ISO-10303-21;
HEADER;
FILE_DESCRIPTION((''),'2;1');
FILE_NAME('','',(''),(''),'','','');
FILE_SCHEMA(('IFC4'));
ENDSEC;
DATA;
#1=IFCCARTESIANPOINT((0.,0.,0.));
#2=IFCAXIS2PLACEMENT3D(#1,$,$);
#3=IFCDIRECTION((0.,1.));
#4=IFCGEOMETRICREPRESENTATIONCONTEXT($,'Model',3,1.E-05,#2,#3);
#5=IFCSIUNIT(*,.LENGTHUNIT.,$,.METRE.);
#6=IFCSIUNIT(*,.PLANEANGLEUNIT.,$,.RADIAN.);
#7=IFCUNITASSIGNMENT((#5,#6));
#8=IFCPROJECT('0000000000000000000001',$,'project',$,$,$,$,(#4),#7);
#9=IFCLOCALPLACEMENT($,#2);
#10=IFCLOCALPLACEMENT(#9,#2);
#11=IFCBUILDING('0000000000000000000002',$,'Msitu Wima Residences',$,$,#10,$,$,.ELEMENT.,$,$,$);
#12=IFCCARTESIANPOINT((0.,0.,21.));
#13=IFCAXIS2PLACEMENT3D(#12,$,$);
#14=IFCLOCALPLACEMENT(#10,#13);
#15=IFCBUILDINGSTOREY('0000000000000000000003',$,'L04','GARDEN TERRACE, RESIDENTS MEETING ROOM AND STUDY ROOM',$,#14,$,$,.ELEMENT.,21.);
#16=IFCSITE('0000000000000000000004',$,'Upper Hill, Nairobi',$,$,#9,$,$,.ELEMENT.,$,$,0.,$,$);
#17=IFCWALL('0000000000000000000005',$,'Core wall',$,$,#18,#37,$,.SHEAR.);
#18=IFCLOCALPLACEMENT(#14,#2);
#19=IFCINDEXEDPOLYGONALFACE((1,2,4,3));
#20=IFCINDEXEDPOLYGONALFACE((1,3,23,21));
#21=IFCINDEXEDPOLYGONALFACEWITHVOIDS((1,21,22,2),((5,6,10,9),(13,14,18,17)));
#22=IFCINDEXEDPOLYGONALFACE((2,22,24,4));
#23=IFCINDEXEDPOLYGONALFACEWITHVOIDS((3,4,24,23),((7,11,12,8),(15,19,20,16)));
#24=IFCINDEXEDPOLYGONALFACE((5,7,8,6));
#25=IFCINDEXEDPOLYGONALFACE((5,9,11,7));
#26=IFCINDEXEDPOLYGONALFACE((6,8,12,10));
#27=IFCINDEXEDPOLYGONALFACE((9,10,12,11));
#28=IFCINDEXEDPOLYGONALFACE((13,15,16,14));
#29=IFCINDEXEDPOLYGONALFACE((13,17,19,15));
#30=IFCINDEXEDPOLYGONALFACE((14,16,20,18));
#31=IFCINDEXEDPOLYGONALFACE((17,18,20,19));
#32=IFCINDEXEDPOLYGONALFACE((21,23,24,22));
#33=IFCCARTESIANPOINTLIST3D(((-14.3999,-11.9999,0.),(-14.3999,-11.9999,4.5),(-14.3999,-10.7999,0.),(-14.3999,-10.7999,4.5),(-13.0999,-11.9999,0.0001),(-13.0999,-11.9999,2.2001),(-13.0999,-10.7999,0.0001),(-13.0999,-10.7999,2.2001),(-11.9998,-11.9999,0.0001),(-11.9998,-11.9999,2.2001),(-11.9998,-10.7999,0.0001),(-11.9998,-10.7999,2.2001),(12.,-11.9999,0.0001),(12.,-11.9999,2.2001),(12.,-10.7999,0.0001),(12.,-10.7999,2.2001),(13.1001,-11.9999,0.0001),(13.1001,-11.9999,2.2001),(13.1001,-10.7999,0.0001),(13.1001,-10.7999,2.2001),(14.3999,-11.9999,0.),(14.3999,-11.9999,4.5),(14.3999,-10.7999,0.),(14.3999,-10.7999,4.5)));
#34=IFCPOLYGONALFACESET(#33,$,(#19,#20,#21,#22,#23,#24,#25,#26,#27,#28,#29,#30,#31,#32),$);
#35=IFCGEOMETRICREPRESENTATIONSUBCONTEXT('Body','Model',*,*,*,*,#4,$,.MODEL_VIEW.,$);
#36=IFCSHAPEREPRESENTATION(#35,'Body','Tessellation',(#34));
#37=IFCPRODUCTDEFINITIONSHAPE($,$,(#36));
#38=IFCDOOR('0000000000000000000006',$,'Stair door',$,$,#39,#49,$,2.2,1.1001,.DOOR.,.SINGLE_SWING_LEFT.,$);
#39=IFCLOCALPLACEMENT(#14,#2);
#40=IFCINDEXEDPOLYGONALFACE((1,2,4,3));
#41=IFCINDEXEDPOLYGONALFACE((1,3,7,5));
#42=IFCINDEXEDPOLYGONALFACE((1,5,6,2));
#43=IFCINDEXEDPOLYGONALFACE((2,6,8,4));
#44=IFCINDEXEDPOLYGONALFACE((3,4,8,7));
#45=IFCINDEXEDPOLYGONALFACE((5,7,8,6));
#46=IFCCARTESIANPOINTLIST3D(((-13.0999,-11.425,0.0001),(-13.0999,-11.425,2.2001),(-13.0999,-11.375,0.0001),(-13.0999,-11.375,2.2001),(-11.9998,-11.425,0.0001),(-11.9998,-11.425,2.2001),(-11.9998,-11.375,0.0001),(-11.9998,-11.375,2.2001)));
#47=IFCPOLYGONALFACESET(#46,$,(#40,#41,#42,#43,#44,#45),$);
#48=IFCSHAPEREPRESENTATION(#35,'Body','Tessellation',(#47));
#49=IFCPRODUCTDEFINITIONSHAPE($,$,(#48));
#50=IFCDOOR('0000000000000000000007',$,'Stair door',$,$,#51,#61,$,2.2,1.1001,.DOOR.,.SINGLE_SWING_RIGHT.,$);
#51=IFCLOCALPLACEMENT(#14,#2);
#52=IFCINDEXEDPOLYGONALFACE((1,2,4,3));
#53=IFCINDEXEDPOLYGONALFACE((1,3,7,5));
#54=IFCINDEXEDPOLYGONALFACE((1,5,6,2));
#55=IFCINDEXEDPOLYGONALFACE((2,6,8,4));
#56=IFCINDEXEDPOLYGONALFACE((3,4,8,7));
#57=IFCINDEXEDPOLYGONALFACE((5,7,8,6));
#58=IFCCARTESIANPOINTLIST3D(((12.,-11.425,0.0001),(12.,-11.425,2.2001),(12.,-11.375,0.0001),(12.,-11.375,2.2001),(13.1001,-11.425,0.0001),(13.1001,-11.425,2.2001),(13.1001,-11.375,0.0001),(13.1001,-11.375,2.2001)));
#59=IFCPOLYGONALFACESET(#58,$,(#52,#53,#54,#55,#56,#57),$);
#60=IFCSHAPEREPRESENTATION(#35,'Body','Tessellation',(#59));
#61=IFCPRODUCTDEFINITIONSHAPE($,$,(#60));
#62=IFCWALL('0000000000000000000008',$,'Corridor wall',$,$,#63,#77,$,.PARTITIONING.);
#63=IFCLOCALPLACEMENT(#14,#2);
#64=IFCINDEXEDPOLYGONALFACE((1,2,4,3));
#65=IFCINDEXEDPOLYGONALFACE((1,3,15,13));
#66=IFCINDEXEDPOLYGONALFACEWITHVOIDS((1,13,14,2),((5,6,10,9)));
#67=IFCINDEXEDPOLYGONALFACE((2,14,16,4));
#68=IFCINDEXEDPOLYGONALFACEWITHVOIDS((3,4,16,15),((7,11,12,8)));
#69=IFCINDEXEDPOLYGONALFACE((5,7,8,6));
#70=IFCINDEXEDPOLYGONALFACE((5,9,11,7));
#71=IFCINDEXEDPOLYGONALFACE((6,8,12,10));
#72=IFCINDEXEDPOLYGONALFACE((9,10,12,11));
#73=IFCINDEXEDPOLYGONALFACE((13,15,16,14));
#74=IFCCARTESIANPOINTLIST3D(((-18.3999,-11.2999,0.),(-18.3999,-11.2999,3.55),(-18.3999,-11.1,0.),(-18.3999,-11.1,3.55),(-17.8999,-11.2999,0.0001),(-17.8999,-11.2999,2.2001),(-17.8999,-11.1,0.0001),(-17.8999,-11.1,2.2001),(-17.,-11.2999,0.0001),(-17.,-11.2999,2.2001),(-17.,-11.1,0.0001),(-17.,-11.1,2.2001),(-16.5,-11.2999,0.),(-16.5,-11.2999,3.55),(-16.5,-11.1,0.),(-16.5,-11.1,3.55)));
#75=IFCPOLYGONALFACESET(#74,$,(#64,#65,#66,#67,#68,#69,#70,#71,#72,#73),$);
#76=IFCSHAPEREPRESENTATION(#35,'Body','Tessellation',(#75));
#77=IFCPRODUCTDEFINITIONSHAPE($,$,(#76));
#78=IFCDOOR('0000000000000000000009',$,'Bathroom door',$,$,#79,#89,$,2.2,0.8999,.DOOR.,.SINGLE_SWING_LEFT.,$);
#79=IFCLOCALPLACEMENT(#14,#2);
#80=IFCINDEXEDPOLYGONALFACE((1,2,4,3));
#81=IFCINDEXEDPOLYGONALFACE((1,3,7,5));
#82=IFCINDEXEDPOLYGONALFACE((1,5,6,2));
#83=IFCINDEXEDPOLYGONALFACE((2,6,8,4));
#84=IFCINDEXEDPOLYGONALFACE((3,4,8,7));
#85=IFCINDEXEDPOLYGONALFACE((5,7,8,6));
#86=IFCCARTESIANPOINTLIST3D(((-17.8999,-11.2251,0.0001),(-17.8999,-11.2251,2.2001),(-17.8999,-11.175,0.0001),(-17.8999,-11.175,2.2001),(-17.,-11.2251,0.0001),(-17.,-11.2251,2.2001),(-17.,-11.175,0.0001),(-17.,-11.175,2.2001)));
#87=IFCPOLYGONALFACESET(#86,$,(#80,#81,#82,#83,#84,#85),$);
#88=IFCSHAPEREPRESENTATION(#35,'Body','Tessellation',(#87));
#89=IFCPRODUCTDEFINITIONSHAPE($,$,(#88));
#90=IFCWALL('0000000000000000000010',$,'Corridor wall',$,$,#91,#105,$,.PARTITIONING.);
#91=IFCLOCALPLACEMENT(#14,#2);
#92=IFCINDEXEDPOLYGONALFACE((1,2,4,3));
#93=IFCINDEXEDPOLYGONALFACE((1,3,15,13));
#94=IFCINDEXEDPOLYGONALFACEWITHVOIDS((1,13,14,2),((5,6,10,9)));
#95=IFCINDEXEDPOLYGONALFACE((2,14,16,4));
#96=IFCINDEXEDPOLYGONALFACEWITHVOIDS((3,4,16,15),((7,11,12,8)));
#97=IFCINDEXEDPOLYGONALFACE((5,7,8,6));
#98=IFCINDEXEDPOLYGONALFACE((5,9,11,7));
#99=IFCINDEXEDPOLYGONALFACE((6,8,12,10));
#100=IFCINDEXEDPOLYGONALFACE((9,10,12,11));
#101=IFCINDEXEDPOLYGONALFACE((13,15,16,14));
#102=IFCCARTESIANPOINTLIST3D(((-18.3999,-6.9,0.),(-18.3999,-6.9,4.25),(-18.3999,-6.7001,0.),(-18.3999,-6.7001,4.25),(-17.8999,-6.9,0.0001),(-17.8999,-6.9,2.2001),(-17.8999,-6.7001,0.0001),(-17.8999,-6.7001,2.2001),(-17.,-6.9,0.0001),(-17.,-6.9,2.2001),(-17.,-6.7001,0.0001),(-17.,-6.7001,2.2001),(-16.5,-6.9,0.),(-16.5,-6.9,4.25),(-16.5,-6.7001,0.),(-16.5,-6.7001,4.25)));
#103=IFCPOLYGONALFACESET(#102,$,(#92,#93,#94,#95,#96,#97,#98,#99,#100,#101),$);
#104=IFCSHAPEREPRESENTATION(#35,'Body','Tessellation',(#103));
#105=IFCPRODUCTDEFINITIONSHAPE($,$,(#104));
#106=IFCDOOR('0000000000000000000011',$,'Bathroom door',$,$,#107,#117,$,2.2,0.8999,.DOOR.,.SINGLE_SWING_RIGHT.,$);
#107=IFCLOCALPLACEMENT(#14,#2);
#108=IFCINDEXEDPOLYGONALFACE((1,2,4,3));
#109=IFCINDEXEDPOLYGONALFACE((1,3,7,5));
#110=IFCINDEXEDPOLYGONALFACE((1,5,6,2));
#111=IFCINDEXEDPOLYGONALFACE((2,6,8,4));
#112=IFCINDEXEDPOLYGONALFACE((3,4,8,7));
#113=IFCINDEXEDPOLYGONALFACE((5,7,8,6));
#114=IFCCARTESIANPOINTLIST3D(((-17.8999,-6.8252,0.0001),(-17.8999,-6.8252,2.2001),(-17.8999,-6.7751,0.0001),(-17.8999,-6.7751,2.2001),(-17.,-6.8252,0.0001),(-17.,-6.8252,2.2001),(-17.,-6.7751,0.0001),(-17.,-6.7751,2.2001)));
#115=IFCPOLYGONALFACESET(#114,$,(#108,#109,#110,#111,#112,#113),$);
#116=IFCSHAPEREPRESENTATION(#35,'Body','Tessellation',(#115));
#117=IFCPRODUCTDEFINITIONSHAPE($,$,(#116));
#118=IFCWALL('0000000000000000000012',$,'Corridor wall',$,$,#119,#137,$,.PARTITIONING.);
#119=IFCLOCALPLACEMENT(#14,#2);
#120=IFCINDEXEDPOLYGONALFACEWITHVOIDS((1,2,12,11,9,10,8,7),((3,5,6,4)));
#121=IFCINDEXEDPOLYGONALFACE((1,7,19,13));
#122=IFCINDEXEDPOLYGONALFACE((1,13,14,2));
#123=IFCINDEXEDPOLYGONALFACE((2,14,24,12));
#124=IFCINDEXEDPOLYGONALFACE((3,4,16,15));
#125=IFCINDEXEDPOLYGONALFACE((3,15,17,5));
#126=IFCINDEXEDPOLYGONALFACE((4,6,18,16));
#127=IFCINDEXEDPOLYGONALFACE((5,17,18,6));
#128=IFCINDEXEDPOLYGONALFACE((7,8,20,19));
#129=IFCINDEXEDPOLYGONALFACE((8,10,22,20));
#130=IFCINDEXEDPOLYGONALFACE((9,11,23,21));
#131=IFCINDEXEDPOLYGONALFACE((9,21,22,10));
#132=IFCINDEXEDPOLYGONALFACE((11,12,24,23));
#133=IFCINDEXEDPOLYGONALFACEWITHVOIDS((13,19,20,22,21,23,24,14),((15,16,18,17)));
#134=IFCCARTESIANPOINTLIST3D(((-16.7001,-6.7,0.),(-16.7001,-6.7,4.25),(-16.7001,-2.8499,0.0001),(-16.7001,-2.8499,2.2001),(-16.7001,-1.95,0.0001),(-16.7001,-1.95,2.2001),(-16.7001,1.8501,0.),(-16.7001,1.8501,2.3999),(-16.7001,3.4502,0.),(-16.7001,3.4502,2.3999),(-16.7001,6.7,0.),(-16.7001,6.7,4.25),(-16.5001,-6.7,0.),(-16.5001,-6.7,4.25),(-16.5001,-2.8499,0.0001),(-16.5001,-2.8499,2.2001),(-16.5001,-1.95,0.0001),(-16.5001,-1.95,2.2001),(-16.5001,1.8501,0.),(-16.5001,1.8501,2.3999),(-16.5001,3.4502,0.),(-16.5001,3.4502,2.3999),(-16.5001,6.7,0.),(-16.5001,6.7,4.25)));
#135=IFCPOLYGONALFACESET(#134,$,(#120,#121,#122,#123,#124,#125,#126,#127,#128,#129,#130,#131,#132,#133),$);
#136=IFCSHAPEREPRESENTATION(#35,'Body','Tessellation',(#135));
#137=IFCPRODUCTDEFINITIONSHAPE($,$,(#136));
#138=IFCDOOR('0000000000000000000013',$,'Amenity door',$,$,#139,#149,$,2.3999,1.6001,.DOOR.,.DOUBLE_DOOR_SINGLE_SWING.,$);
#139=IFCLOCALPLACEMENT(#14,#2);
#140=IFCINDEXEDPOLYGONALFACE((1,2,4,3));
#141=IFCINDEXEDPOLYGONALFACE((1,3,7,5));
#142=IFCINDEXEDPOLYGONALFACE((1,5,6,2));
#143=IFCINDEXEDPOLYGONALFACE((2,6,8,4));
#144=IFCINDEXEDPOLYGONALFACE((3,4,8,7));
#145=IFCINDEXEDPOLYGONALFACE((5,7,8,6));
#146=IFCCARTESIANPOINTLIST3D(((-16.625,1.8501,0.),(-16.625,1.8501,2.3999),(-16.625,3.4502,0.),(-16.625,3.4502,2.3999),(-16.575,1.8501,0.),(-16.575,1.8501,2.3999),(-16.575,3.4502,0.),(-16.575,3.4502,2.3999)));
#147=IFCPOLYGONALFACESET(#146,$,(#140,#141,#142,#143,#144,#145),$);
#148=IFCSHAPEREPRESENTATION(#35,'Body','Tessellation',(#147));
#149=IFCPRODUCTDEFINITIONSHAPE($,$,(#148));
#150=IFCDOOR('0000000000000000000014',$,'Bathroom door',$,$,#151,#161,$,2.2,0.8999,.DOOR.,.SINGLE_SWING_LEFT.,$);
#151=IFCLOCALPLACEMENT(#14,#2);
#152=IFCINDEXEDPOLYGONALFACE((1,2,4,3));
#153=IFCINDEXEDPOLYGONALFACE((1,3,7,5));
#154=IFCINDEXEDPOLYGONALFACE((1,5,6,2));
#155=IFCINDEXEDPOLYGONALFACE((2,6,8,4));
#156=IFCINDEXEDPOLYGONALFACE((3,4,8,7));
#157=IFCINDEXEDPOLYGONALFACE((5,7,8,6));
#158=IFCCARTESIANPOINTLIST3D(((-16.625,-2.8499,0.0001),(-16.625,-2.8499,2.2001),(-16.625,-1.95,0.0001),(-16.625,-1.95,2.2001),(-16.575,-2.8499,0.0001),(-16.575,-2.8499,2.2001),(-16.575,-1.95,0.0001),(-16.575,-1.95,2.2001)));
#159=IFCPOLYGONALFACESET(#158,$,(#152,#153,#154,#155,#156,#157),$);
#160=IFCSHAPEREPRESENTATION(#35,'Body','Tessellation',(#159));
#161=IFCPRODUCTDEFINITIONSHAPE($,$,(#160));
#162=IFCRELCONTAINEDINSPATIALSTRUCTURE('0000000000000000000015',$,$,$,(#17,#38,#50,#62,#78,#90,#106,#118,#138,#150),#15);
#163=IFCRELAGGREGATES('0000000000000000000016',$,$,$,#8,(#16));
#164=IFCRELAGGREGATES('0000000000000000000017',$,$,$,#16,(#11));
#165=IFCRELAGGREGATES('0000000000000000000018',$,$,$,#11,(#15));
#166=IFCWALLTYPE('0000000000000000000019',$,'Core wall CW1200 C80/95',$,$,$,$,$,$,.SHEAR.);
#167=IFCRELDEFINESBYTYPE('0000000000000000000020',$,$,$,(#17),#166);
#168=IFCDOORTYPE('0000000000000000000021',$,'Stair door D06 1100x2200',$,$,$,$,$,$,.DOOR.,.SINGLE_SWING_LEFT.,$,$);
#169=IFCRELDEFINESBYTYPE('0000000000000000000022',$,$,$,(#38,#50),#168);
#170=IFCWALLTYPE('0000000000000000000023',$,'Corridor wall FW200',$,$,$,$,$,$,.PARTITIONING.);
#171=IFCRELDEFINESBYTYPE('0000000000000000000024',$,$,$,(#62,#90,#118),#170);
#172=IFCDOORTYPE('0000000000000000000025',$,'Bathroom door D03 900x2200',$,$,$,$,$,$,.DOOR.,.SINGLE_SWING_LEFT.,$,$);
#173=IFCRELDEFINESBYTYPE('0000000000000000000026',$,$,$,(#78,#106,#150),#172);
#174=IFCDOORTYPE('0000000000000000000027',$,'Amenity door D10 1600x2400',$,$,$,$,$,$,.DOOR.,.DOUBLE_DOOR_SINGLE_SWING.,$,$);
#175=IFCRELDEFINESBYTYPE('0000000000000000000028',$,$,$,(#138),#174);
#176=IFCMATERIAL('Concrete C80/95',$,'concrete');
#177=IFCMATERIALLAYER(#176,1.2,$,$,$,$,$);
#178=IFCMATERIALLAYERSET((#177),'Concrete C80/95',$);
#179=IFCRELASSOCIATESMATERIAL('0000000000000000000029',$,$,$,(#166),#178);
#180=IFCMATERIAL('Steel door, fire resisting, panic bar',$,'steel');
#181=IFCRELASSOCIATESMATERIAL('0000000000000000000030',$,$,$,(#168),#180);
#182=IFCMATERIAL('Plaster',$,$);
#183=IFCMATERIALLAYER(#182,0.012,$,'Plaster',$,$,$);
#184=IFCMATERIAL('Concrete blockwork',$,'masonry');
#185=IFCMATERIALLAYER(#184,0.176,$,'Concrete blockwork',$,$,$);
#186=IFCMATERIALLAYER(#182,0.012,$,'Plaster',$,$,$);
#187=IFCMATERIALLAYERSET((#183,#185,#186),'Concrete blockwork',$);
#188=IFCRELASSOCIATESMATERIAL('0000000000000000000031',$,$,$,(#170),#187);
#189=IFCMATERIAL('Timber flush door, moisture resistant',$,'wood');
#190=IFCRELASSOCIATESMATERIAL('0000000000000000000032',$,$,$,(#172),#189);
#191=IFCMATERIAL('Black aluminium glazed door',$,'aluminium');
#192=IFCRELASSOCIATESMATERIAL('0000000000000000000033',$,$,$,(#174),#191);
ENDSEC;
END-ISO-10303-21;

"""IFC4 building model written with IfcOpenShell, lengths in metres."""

from ifc_helpers import new_model, si_unit, direction, frame, frame_2d, origin, place, context, subcontext, project, spatial, rectangle, extrude, material, layer, layer_set, type_object, element, fill, save


model = new_model("IFC4")

# Units and contexts
model_context = context("Model", 3, precision=1e-05, world=origin(), true_north=direction((0.0, 1.0)))
body_context = subcontext(model_context, "Body", "Model", "MODEL_VIEW")
ifc_project = project(units=[si_unit("LENGTHUNIT", "METRE"), si_unit("PLANEANGLEUNIT", "RADIAN")], contexts=[model_context])

# Site, building, storey
site_placement = place(None, origin())
site = spatial("IfcSite", under=ifc_project, at=site_placement, Name="Upper Hill, Nairobi", CompositionType="ELEMENT", RefElevation=0.0)
building_placement = place(site_placement, origin())
building = spatial("IfcBuilding", under=site, at=building_placement, Name="Msitu Wima Residences", CompositionType="ELEMENT")
storey_placement = place(building_placement, frame((0.0, 0.0, 21.0)))
storey = spatial("IfcBuildingStorey", under=building, at=storey_placement, Name="L04", Description="GARDEN TERRACE, RESIDENTS MEETING ROOM AND STUDY ROOM", CompositionType="ELEMENT", Elevation=21.0)

# Shared definitions
ifc_material_1 = material(Name="Concrete C80/95", Category="concrete")

# Wall, openings, doors
ifc_layer_1 = layer(ifc_material_1, 1.2)
ifc_layer_set_1 = layer_set([ifc_layer_1], Name="Concrete C80/95")
wall_type_1 = type_object("IfcWallType", Name="Core wall CW1200 C80/95", PredefinedType="SHEAR", material=ifc_layer_set_1)
wall_1_placement = place(storey_placement, frame((-14.3999, -11.3999, 0.0), z_axis=(0.0, 0.0, 1.0), x_axis=(1.0, 0.0, 0.0)))
wall_1 = element("IfcWall", 1, at=wall_1_placement, inside=storey, type_object=wall_type_1, Name="Core wall", PredefinedType="SHEAR", context=body_context, shape_type="SweptSolid", body=[
    extrude(rectangle(XDim=28.7998, YDim=1.2, at=frame_2d((14.3999, 0.0))), origin(), (0.0, 0.0, 1.0), 4.5),
])
opening_1_placement = place(wall_1_placement, frame((1.3, 0.0, 0.0)))
opening_1 = element("IfcOpeningElement", 2, at=opening_1_placement, cuts=wall_1, PredefinedType="OPENING", context=body_context, shape_type="SweptSolid", body=[
    extrude(rectangle(XDim=1.1001, YDim=2.2, at=frame_2d((0.55, 1.1001))), frame((0.0, 0.6099, 0.0), z_axis=(0.0, -1.0, 0.0), x_axis=(1.0, 0.0, 0.0)), (0.0, 0.0, 1.0), 1.22),
])
opening_2_placement = place(wall_1_placement, frame((26.3999, 0.0, 0.0)))
opening_2 = element("IfcOpeningElement", 3, at=opening_2_placement, cuts=wall_1, PredefinedType="OPENING", context=body_context, shape_type="SweptSolid", body=[
    extrude(rectangle(XDim=1.1001, YDim=2.2, at=frame_2d((0.55, 1.1001))), frame((0.0, 0.6099, 0.0), z_axis=(0.0, -1.0, 0.0), x_axis=(1.0, 0.0, 0.0)), (0.0, 0.0, 1.0), 1.22),
])
ifc_material_2 = material(Name="Steel door, fire resisting, panic bar", Category="steel")
door_type_1 = type_object("IfcDoorType", Name="Stair door D06 1100x2200", OperationType="SINGLE_SWING_LEFT", PredefinedType="DOOR", material=ifc_material_2)
door_1_placement = place(opening_1_placement, origin())
door_1 = element("IfcDoor", 4, at=door_1_placement, inside=storey, type_object=door_type_1, Name="Stair door", OperationType="SINGLE_SWING_LEFT", OverallHeight=2.2, OverallWidth=1.1001, PredefinedType="DOOR", context=body_context, shape_type="SweptSolid", body=[
    extrude(rectangle(XDim=1.1001, YDim=2.2, at=frame_2d((0.55, 1.1001))), frame((0.0, 0.0249, 0.0), z_axis=(0.0, -1.0, 0.0), x_axis=(1.0, 0.0, 0.0)), (0.0, 0.0, 1.0), 0.05),
])
fill(opening_1, door_1)
door_2_placement = place(opening_2_placement, origin())
door_2 = element("IfcDoor", 5, at=door_2_placement, inside=storey, type_object=door_type_1, Name="Stair door", OperationType="SINGLE_SWING_RIGHT", OverallHeight=2.2, OverallWidth=1.1001, PredefinedType="DOOR", context=body_context, shape_type="SweptSolid", body=[
    extrude(rectangle(XDim=1.1001, YDim=2.2, at=frame_2d((0.55, 1.1001))), frame((0.0, 0.0249, 0.0), z_axis=(0.0, -1.0, 0.0), x_axis=(1.0, 0.0, 0.0)), (0.0, 0.0, 1.0), 0.05),
])
fill(opening_2, door_2)

# Walls, openings, doors
ifc_material_3 = material(Name="Plaster")
ifc_layer_2 = layer(ifc_material_3, 0.012, Name="Plaster")
ifc_material_4 = material(Name="Concrete blockwork", Category="masonry")
ifc_layer_3 = layer(ifc_material_4, 0.176, Name="Concrete blockwork")
ifc_layer_4 = layer(ifc_material_3, 0.012, Name="Plaster")
ifc_layer_set_2 = layer_set([ifc_layer_2, ifc_layer_3, ifc_layer_4], Name="Concrete blockwork")
wall_type_2 = type_object("IfcWallType", Name="Corridor wall FW200", PredefinedType="PARTITIONING", material=ifc_layer_set_2)
wall_2_placement = place(storey_placement, frame((-18.3999, -11.2, 0.0), z_axis=(0.0, 0.0, 1.0), x_axis=(1.0, 0.0, 0.0)))
wall_2 = element("IfcWall", 6, at=wall_2_placement, inside=storey, type_object=wall_type_2, Name="Corridor wall", PredefinedType="PARTITIONING", context=body_context, shape_type="SweptSolid", body=[
    extrude(rectangle(XDim=1.8999, YDim=0.2, at=frame_2d((0.95, 0.0))), origin(), (0.0, 0.0, 1.0), 3.55),
])
opening_3_placement = place(wall_2_placement, frame((0.5, 0.0, 0.0)))
opening_3 = element("IfcOpeningElement", 7, at=opening_3_placement, cuts=wall_2, PredefinedType="OPENING", context=body_context, shape_type="SweptSolid", body=[
    extrude(rectangle(XDim=0.8999, YDim=2.2, at=frame_2d((0.45, 1.1001))), frame((0.0, 0.1099, 0.0), z_axis=(0.0, -1.0, 0.0), x_axis=(1.0, 0.0, 0.0)), (0.0, 0.0, 1.0), 0.22),
])
ifc_material_5 = material(Name="Timber flush door, moisture resistant", Category="wood")
door_type_2 = type_object("IfcDoorType", Name="Bathroom door D03 900x2200", OperationType="SINGLE_SWING_LEFT", PredefinedType="DOOR", material=ifc_material_5)
door_3_placement = place(opening_3_placement, origin())
door_3 = element("IfcDoor", 8, at=door_3_placement, inside=storey, type_object=door_type_2, Name="Bathroom door", OperationType="SINGLE_SWING_LEFT", OverallHeight=2.2, OverallWidth=0.8999, PredefinedType="DOOR", context=body_context, shape_type="SweptSolid", body=[
    extrude(rectangle(XDim=0.8999, YDim=2.2, at=frame_2d((0.45, 1.1001))), frame((0.0, 0.0249, 0.0), z_axis=(0.0, -1.0, 0.0), x_axis=(1.0, 0.0, 0.0)), (0.0, 0.0, 1.0), 0.05),
])
fill(opening_3, door_3)
wall_3_placement = place(storey_placement, frame((-18.3999, -6.8, 0.0), z_axis=(0.0, 0.0, 1.0), x_axis=(1.0, 0.0, 0.0)))
wall_3 = element("IfcWall", 9, at=wall_3_placement, inside=storey, type_object=wall_type_2, Name="Corridor wall", PredefinedType="PARTITIONING", context=body_context, shape_type="SweptSolid", body=[
    extrude(rectangle(XDim=1.8999, YDim=0.2, at=frame_2d((0.95, 0.0))), origin(), (0.0, 0.0, 1.0), 4.25),
])
opening_4_placement = place(wall_3_placement, frame((0.5, 0.0, 0.0)))
opening_4 = element("IfcOpeningElement", 10, at=opening_4_placement, cuts=wall_3, PredefinedType="OPENING", context=body_context, shape_type="SweptSolid", body=[
    extrude(rectangle(XDim=0.8999, YDim=2.2, at=frame_2d((0.45, 1.1001))), frame((0.0, 0.1099, 0.0), z_axis=(0.0, -1.0, 0.0), x_axis=(1.0, 0.0, 0.0)), (0.0, 0.0, 1.0), 0.22),
])
door_4_placement = place(opening_4_placement, origin())
door_4 = element("IfcDoor", 11, at=door_4_placement, inside=storey, type_object=door_type_2, Name="Bathroom door", OperationType="SINGLE_SWING_RIGHT", OverallHeight=2.2, OverallWidth=0.8999, PredefinedType="DOOR", context=body_context, shape_type="SweptSolid", body=[
    extrude(rectangle(XDim=0.8999, YDim=2.2, at=frame_2d((0.45, 1.1001))), frame((0.0, 0.0249, 0.0), z_axis=(0.0, -1.0, 0.0), x_axis=(1.0, 0.0, 0.0)), (0.0, 0.0, 1.0), 0.05),
])
fill(opening_4, door_4)

# Wall, openings, doors
wall_4_placement = place(storey_placement, frame((-16.6001, -6.7, 0.0), z_axis=(0.0, 0.0, 1.0), x_axis=(0.0, 1.0, 0.0)))
wall_4 = element("IfcWall", 12, at=wall_4_placement, inside=storey, type_object=wall_type_2, Name="Corridor wall", PredefinedType="PARTITIONING", context=body_context, shape_type="SweptSolid", body=[
    extrude(rectangle(XDim=13.3999, YDim=0.2, at=frame_2d((6.7, 0.0))), origin(), (0.0, 0.0, 1.0), 4.25),
])
opening_5_placement = place(wall_4_placement, frame((8.55, 0.0, 0.0)))
opening_5 = element("IfcOpeningElement", 13, at=opening_5_placement, cuts=wall_4, PredefinedType="OPENING", context=body_context, shape_type="SweptSolid", body=[
    extrude(rectangle(XDim=1.6001, YDim=2.3999, at=frame_2d((0.8, 1.2))), frame((0.0, 0.1099, 0.0), z_axis=(0.0, -1.0, 0.0), x_axis=(1.0, 0.0, 0.0)), (0.0, 0.0, 1.0), 0.22),
])
opening_6_placement = place(wall_4_placement, frame((3.8501, 0.0, 0.0)))
opening_6 = element("IfcOpeningElement", 14, at=opening_6_placement, cuts=wall_4, PredefinedType="OPENING", context=body_context, shape_type="SweptSolid", body=[
    extrude(rectangle(XDim=0.8999, YDim=2.2, at=frame_2d((0.45, 1.1001))), frame((0.0, 0.1099, 0.0), z_axis=(0.0, -1.0, 0.0), x_axis=(1.0, 0.0, 0.0)), (0.0, 0.0, 1.0), 0.22),
])
ifc_material_6 = material(Name="Black aluminium glazed door", Category="aluminium")
door_type_3 = type_object("IfcDoorType", Name="Amenity door D10 1600x2400", OperationType="DOUBLE_DOOR_SINGLE_SWING", PredefinedType="DOOR", material=ifc_material_6)
door_5_placement = place(opening_5_placement, origin())
door_5 = element("IfcDoor", 15, at=door_5_placement, inside=storey, type_object=door_type_3, Name="Amenity door", OperationType="DOUBLE_DOOR_SINGLE_SWING", OverallHeight=2.3999, OverallWidth=1.6001, PredefinedType="DOOR", context=body_context, shape_type="SweptSolid", body=[
    extrude(rectangle(XDim=1.6001, YDim=2.3999, at=frame_2d((0.8, 1.2))), frame((0.0, 0.0249, 0.0), z_axis=(0.0, -1.0, 0.0), x_axis=(1.0, 0.0, 0.0)), (0.0, 0.0, 1.0), 0.05),
])
fill(opening_5, door_5)
door_6_placement = place(opening_6_placement, origin())
door_6 = element("IfcDoor", 16, at=door_6_placement, inside=storey, type_object=door_type_2, Name="Bathroom door", OperationType="SINGLE_SWING_LEFT", OverallHeight=2.2, OverallWidth=0.8999, PredefinedType="DOOR", context=body_context, shape_type="SweptSolid", body=[
    extrude(rectangle(XDim=0.8999, YDim=2.2, at=frame_2d((0.45, 1.1001))), frame((0.0, 0.0249, 0.0), z_axis=(0.0, -1.0, 0.0), x_axis=(1.0, 0.0, 0.0)), (0.0, 0.0, 1.0), 0.05),
])
fill(opening_6, door_6)

save(model, "model.ifc")
